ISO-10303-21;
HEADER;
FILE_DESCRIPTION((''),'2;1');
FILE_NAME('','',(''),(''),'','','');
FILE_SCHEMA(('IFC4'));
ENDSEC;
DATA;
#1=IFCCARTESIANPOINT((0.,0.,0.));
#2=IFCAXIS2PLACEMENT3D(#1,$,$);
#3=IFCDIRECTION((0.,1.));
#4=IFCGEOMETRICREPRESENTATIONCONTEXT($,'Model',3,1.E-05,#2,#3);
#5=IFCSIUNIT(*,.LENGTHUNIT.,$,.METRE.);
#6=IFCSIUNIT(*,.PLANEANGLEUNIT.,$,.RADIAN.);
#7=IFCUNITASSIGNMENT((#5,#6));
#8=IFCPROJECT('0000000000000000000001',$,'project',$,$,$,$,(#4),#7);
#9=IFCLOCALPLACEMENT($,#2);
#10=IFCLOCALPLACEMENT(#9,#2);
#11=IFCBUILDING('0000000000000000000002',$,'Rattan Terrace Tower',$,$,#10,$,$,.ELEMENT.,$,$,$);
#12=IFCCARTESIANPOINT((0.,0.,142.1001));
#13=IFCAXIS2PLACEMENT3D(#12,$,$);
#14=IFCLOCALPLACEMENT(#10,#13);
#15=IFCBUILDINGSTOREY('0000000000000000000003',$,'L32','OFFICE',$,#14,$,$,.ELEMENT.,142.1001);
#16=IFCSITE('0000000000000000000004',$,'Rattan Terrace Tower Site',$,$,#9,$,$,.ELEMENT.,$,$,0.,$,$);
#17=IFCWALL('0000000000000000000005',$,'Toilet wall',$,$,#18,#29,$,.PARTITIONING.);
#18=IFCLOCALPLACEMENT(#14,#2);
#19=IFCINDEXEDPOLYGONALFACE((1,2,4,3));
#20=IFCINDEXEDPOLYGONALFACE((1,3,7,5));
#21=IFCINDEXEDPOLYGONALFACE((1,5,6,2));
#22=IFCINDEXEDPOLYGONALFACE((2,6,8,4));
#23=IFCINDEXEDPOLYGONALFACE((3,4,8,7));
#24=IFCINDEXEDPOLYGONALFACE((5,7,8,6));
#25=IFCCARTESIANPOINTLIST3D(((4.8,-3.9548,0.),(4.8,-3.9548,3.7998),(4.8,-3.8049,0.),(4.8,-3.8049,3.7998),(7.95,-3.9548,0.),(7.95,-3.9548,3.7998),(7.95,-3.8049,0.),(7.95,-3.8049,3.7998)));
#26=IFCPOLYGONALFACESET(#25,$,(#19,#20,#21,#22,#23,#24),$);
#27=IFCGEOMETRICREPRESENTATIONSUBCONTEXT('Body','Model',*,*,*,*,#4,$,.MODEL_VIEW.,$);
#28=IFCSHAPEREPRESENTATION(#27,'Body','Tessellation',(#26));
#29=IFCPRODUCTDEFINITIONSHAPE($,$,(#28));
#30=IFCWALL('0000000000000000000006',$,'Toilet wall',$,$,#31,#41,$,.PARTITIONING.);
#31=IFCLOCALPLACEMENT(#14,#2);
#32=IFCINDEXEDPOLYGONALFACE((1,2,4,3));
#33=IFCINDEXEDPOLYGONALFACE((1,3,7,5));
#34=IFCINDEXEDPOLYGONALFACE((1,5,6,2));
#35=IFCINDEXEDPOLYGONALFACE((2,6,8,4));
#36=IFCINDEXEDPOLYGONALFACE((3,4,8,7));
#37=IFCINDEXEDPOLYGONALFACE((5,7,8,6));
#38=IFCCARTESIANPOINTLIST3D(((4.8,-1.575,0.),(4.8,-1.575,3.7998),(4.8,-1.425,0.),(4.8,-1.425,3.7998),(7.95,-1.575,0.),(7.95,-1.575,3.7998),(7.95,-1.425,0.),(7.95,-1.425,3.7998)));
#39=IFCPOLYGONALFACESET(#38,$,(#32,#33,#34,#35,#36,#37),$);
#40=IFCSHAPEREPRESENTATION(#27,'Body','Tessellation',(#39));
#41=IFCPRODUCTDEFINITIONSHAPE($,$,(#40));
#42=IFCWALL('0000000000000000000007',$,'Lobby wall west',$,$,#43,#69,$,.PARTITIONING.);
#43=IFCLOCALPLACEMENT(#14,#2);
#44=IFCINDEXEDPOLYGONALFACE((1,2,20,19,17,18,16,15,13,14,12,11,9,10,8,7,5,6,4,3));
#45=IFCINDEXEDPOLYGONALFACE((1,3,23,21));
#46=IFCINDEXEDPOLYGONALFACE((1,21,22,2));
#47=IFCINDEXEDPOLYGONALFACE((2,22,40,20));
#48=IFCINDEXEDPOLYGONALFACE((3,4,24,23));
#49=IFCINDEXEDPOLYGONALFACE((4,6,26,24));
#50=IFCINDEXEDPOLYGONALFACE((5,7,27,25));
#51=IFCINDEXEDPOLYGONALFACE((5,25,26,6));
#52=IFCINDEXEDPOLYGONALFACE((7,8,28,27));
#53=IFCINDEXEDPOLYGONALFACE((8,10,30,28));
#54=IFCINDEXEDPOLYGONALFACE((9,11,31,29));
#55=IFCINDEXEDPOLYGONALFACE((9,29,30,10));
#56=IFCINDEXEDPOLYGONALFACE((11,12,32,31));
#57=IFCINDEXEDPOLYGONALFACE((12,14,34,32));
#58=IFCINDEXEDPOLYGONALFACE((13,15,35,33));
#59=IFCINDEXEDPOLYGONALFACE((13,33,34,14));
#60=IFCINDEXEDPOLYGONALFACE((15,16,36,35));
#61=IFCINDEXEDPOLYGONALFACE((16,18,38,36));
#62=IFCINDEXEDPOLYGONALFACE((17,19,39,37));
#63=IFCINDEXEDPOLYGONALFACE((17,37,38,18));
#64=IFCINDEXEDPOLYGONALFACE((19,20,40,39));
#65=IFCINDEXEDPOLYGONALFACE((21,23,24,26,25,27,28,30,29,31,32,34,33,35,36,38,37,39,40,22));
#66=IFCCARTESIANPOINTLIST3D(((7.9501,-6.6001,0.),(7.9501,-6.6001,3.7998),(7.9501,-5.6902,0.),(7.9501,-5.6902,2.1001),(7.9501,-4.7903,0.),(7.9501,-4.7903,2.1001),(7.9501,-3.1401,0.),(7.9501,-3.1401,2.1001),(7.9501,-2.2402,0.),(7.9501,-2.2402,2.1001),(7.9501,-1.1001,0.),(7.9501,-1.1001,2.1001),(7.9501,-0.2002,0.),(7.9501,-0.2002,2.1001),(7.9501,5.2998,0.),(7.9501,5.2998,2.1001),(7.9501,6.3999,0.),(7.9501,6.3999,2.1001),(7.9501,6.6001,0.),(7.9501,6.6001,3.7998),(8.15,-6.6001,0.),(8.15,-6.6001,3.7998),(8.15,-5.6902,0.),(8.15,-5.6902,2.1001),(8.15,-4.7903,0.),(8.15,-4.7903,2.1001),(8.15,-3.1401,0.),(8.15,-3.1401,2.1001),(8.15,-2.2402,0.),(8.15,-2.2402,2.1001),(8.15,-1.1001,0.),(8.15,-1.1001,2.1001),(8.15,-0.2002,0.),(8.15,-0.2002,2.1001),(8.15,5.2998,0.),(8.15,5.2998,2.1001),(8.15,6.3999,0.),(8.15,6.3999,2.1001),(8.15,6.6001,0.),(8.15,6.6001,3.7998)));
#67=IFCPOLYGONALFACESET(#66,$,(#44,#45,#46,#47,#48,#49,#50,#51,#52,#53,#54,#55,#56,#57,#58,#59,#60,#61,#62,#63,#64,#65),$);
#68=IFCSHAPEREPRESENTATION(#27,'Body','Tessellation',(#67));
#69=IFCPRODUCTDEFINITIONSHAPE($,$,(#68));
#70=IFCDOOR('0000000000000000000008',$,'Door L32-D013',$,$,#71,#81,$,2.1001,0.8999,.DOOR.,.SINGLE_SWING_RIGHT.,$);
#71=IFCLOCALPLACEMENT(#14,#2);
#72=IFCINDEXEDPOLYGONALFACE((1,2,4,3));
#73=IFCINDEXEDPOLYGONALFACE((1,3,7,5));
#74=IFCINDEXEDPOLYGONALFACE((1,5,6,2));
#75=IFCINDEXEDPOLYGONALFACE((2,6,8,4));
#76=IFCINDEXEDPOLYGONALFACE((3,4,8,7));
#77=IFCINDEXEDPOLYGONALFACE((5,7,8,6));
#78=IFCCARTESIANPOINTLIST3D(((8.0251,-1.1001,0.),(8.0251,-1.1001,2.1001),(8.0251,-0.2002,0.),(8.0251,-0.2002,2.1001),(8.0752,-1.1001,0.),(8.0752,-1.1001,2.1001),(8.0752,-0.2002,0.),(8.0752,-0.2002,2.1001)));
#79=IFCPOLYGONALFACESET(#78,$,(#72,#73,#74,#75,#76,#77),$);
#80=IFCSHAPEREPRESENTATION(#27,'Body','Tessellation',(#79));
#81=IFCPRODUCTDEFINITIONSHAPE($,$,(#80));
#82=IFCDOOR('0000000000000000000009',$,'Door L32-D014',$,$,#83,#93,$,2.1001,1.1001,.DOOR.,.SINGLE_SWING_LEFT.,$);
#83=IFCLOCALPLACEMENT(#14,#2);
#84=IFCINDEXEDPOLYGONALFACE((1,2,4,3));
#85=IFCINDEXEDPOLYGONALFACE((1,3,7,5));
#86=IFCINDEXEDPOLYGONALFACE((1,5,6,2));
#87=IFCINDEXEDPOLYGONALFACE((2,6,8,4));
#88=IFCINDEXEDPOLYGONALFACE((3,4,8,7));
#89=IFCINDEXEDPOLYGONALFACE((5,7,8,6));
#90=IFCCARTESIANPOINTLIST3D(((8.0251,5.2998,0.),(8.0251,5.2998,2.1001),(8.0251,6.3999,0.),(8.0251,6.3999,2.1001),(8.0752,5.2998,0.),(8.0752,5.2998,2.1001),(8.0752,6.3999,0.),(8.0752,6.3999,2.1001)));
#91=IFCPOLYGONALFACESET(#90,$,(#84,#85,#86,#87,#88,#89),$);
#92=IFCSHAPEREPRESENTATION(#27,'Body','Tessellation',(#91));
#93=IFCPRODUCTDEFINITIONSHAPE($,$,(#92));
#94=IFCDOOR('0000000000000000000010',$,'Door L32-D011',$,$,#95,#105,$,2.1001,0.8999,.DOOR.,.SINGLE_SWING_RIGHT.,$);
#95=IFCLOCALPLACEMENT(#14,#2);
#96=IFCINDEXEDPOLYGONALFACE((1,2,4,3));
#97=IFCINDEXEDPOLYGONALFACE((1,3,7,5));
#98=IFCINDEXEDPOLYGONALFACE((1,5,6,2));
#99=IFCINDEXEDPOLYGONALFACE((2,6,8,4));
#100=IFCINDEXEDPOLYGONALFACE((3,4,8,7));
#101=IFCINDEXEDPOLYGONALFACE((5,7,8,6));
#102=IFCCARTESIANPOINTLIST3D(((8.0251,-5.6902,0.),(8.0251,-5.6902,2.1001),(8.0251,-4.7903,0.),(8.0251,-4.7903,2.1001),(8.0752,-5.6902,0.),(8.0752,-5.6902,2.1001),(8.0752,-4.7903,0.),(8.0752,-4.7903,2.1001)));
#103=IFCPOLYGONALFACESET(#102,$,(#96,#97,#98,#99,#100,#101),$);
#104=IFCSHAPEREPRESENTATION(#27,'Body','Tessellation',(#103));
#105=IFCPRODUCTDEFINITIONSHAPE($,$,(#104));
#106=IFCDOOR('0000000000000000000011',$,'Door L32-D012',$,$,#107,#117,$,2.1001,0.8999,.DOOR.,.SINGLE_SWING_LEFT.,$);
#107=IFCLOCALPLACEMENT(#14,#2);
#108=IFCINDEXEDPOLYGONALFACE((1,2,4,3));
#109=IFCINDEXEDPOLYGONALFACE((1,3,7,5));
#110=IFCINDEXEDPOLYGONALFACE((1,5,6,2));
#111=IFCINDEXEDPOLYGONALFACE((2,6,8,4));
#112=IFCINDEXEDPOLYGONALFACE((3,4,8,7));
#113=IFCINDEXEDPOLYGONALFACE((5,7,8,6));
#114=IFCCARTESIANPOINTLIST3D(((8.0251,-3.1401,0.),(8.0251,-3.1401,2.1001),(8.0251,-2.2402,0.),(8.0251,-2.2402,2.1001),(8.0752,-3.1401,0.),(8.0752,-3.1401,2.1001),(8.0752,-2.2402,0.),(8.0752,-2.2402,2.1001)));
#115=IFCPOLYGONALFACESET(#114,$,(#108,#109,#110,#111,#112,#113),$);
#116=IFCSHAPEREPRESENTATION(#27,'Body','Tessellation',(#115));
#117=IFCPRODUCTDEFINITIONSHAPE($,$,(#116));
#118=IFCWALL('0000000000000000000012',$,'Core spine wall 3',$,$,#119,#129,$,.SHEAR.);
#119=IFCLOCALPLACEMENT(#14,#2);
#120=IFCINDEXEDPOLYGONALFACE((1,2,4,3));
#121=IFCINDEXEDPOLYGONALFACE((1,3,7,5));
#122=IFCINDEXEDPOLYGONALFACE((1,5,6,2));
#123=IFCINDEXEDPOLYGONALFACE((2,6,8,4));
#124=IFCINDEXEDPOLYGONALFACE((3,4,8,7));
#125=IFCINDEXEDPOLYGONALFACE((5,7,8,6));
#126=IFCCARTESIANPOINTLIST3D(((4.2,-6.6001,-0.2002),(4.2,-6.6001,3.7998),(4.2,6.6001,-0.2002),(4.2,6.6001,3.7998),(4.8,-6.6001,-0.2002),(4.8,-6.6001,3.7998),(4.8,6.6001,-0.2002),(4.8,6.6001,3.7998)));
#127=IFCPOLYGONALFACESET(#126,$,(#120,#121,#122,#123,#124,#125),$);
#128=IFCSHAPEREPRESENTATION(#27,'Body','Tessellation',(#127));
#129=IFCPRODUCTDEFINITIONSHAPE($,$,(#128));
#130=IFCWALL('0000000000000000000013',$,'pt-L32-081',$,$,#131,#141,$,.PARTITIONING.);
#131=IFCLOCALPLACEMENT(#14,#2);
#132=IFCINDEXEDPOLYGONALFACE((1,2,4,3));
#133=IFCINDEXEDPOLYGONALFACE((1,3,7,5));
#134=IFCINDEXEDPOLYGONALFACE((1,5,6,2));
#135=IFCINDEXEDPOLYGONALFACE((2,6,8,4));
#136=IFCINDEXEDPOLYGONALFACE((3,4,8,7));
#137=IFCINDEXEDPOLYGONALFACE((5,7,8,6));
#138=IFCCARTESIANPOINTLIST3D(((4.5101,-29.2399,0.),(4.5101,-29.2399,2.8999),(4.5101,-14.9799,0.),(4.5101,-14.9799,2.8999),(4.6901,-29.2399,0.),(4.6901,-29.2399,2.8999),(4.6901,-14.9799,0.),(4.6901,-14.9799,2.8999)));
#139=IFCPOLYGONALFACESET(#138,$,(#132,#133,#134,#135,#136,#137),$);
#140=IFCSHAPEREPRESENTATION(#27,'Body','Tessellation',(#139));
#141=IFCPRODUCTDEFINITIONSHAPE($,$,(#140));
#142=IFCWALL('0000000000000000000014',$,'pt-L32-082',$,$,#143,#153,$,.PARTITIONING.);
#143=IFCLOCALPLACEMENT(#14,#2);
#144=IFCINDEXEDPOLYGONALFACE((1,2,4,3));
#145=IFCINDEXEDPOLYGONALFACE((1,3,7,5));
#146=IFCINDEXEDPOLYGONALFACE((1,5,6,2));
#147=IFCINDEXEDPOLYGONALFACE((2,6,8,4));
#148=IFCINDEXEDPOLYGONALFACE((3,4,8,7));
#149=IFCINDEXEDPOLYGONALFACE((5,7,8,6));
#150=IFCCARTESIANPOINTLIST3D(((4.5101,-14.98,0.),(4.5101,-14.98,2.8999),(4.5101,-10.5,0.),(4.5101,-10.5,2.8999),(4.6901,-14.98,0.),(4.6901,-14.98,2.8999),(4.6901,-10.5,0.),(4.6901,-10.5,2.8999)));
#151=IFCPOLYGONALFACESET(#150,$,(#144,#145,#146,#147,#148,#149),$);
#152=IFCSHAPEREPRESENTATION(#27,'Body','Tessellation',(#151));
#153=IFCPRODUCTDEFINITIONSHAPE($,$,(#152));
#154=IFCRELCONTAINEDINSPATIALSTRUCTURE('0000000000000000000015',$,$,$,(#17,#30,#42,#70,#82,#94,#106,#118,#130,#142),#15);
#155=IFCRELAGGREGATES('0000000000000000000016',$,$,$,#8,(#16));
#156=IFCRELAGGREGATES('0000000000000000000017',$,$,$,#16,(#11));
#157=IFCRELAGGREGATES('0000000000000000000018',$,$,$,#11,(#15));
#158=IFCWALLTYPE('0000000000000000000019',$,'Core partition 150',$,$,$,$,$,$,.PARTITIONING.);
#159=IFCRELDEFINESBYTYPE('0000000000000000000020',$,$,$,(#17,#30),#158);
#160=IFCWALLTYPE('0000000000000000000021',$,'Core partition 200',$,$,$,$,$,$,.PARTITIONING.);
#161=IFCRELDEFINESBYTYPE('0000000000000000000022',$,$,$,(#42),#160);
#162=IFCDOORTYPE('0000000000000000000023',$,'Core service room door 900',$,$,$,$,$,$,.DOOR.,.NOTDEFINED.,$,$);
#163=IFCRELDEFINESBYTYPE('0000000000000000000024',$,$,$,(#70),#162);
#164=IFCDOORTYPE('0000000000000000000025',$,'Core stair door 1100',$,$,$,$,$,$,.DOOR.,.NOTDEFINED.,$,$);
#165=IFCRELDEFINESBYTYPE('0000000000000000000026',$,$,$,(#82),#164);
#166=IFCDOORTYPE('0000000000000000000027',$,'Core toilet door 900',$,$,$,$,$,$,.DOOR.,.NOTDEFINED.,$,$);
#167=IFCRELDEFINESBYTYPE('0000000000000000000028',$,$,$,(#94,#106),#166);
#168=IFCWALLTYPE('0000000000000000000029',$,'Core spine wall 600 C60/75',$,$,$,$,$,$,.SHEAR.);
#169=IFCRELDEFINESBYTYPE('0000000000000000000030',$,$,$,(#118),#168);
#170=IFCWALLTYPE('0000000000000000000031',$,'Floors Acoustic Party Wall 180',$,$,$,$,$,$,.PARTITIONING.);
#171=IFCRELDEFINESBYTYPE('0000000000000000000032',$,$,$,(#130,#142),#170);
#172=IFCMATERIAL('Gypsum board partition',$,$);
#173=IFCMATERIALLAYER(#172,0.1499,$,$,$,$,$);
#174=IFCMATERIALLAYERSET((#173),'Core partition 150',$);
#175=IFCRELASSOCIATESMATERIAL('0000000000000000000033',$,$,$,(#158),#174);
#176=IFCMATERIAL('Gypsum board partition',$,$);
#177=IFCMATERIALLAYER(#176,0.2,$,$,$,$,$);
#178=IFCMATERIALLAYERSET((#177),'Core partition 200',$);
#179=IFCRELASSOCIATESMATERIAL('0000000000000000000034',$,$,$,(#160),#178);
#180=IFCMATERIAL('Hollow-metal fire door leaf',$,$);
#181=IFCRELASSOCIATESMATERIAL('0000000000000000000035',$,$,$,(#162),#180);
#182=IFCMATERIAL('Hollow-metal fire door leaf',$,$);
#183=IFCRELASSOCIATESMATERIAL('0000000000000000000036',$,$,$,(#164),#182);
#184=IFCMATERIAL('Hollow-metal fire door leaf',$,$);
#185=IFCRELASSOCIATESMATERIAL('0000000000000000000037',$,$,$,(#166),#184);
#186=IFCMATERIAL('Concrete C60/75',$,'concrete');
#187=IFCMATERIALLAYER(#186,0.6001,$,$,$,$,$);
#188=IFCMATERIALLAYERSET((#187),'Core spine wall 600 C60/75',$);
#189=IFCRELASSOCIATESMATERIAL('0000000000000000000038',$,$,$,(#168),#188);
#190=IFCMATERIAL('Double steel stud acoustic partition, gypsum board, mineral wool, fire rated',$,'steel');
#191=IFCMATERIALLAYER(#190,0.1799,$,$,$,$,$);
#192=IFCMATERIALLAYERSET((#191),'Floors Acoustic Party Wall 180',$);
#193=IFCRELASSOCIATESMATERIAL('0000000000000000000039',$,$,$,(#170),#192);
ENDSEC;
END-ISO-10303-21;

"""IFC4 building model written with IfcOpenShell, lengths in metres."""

from ifc_helpers import new_model, si_unit, direction, frame, frame_2d, origin, place, context, subcontext, project, spatial, rectangle, extrude, material, layer, layer_set, type_object, element, fill, save


model = new_model("IFC4")

# Units and contexts
model_context = context("Model", 3, precision=1e-05, world=origin(), true_north=direction((0.0, 1.0)))
body_context = subcontext(model_context, "Body", "Model", "MODEL_VIEW")
ifc_project = project(units=[si_unit("LENGTHUNIT", "METRE"), si_unit("PLANEANGLEUNIT", "RADIAN")], contexts=[model_context])

# Site, building, storey
site_placement = place(None, origin())
site = spatial("IfcSite", under=ifc_project, at=site_placement, Name="Rattan Terrace Tower Site", CompositionType="ELEMENT", RefElevation=0.0)
building_placement = place(site_placement, origin())
building = spatial("IfcBuilding", under=site, at=building_placement, Name="Rattan Terrace Tower", CompositionType="ELEMENT")
storey_placement = place(building_placement, frame((0.0, 0.0, 142.1001)))
storey = spatial("IfcBuildingStorey", under=building, at=storey_placement, Name="L32", Description="OFFICE", CompositionType="ELEMENT", Elevation=142.1001)

# Walls
ifc_material_1 = material(Name="Gypsum board partition")
ifc_layer_1 = layer(ifc_material_1, 0.1499)
ifc_layer_set_1 = layer_set([ifc_layer_1], Name="Core partition 150")
wall_type_1 = type_object("IfcWallType", Name="Core partition 150", PredefinedType="PARTITIONING", material=ifc_layer_set_1)
for number, where, z_axis, x_axis, name in (
    (1, (4.8, -3.8799, 0.0), (0.0, 0.0, 1.0), (1.0, 0.0, 0.0), "Toilet wall"),
    (2, (4.8, -1.5, 0.0), (0.0, 0.0, 1.0), (1.0, 0.0, 0.0), "Toilet wall"),
):
    element("IfcWall", number, at=place(storey_placement, frame(where, z_axis=z_axis, x_axis=x_axis)), inside=storey, type_object=wall_type_1, Name=name, PredefinedType="PARTITIONING", context=body_context, shape_type="SweptSolid", body=[
        extrude(rectangle(XDim=3.1499, YDim=0.1499, at=frame_2d((1.575, 0.0))), origin(), (0.0, 0.0, 1.0), 3.7998),
    ])

# Wall, openings, doors
ifc_material_2 = material(Name="Gypsum board partition")
ifc_layer_2 = layer(ifc_material_2, 0.2)
ifc_layer_set_2 = layer_set([ifc_layer_2], Name="Core partition 200")
wall_type_2 = type_object("IfcWallType", Name="Core partition 200", PredefinedType="PARTITIONING", material=ifc_layer_set_2)
wall_1_placement = place(storey_placement, frame((8.05, -6.6001, 0.0), z_axis=(0.0, 0.0, 1.0), x_axis=(0.0, 1.0, 0.0)))
wall_1 = element("IfcWall", 3, at=wall_1_placement, inside=storey, type_object=wall_type_2, Name="Lobby wall west", PredefinedType="PARTITIONING", context=body_context, shape_type="SweptSolid", body=[
    extrude(rectangle(XDim=13.2002, YDim=0.2, at=frame_2d((6.6001, 0.0))), origin(), (0.0, 0.0, 1.0), 3.7998),
])
opening_1_placement = place(wall_1_placement, frame((0.9099, 0.0, 0.0)))
opening_1 = element("IfcOpeningElement", 4, at=opening_1_placement, cuts=wall_1, PredefinedType="OPENING", context=body_context, shape_type="SweptSolid", body=[
    extrude(rectangle(XDim=0.8999, YDim=2.1001, at=frame_2d((0.45, 1.05))), frame((0.0, 0.1106, 0.0), z_axis=(0.0, -1.0, 0.0), x_axis=(1.0, 0.0, 0.0)), (0.0, 0.0, 1.0), 0.2209),
])
opening_2_placement = place(wall_1_placement, frame((3.46, 0.0, 0.0)))
opening_2 = element("IfcOpeningElement", 5, at=opening_2_placement, cuts=wall_1, PredefinedType="OPENING", context=body_context, shape_type="SweptSolid", body=[
    extrude(rectangle(XDim=0.8999, YDim=2.1001, at=frame_2d((0.45, 1.05))), frame((0.0, 0.1106, 0.0), z_axis=(0.0, -1.0, 0.0), x_axis=(1.0, 0.0, 0.0)), (0.0, 0.0, 1.0), 0.2209),
])
opening_3_placement = place(wall_1_placement, frame((5.5, 0.0, 0.0)))
opening_3 = element("IfcOpeningElement", 6, at=opening_3_placement, cuts=wall_1, PredefinedType="OPENING", context=body_context, shape_type="SweptSolid", body=[
    extrude(rectangle(XDim=0.8999, YDim=2.1001, at=frame_2d((0.45, 1.05))), frame((0.0, 0.1106, 0.0), z_axis=(0.0, -1.0, 0.0), x_axis=(1.0, 0.0, 0.0)), (0.0, 0.0, 1.0), 0.2209),
])
opening_4_placement = place(wall_1_placement, frame((11.8999, 0.0, 0.0)))
opening_4 = element("IfcOpeningElement", 7, at=opening_4_placement, cuts=wall_1, PredefinedType="OPENING", context=body_context, shape_type="SweptSolid", body=[
    extrude(rectangle(XDim=1.1001, YDim=2.1001, at=frame_2d((0.55, 1.05))), frame((0.0, 0.1106, 0.0), z_axis=(0.0, -1.0, 0.0), x_axis=(1.0, 0.0, 0.0)), (0.0, 0.0, 1.0), 0.2209),
])
ifc_material_3 = material(Name="Hollow-metal fire door leaf")
door_type_1 = type_object("IfcDoorType", Name="Core service room door 900", OperationType="NOTDEFINED", PredefinedType="DOOR", material=ifc_material_3)
door_1_placement = place(opening_3_placement, origin())
door_1 = element("IfcDoor", 8, at=door_1_placement, inside=storey, type_object=door_type_1, Name="Door L32-D013", OperationType="SINGLE_SWING_RIGHT", OverallHeight=2.1001, OverallWidth=0.8999, PredefinedType="DOOR", context=body_context, shape_type="SweptSolid", body=[
    extrude(rectangle(XDim=0.8999, YDim=2.1001, at=frame_2d((0.45, 1.05))), frame((0.0, 0.0249, 0.0), z_axis=(0.0, -1.0, 0.0), x_axis=(1.0, 0.0, 0.0)), (0.0, 0.0, 1.0), 0.05),
])
fill(opening_3, door_1)
ifc_material_4 = material(Name="Hollow-metal fire door leaf")
door_type_2 = type_object("IfcDoorType", Name="Core stair door 1100", OperationType="NOTDEFINED", PredefinedType="DOOR", material=ifc_material_4)
door_2_placement = place(opening_4_placement, origin())
door_2 = element("IfcDoor", 9, at=door_2_placement, inside=storey, type_object=door_type_2, Name="Door L32-D014", OperationType="SINGLE_SWING_LEFT", OverallHeight=2.1001, OverallWidth=1.1001, PredefinedType="DOOR", context=body_context, shape_type="SweptSolid", body=[
    extrude(rectangle(XDim=1.1001, YDim=2.1001, at=frame_2d((0.55, 1.05))), frame((0.0, 0.0249, 0.0), z_axis=(0.0, -1.0, 0.0), x_axis=(1.0, 0.0, 0.0)), (0.0, 0.0, 1.0), 0.05),
])
fill(opening_4, door_2)
ifc_material_5 = material(Name="Hollow-metal fire door leaf")
door_type_3 = type_object("IfcDoorType", Name="Core toilet door 900", OperationType="NOTDEFINED", PredefinedType="DOOR", material=ifc_material_5)
door_3_placement = place(opening_1_placement, origin())
door_3 = element("IfcDoor", 10, at=door_3_placement, inside=storey, type_object=door_type_3, Name="Door L32-D011", OperationType="SINGLE_SWING_RIGHT", OverallHeight=2.1001, OverallWidth=0.8999, PredefinedType="DOOR", context=body_context, shape_type="SweptSolid", body=[
    extrude(rectangle(XDim=0.8999, YDim=2.1001, at=frame_2d((0.45, 1.05))), frame((0.0, 0.0249, 0.0), z_axis=(0.0, -1.0, 0.0), x_axis=(1.0, 0.0, 0.0)), (0.0, 0.0, 1.0), 0.05),
])
fill(opening_1, door_3)
door_4_placement = place(opening_2_placement, origin())
door_4 = element("IfcDoor", 11, at=door_4_placement, inside=storey, type_object=door_type_3, Name="Door L32-D012", OperationType="SINGLE_SWING_LEFT", OverallHeight=2.1001, OverallWidth=0.8999, PredefinedType="DOOR", context=body_context, shape_type="SweptSolid", body=[
    extrude(rectangle(XDim=0.8999, YDim=2.1001, at=frame_2d((0.45, 1.05))), frame((0.0, 0.0249, 0.0), z_axis=(0.0, -1.0, 0.0), x_axis=(1.0, 0.0, 0.0)), (0.0, 0.0, 1.0), 0.05),
])
fill(opening_2, door_4)

# Walls
ifc_material_6 = material(Name="Concrete C60/75", Category="concrete")
ifc_layer_3 = layer(ifc_material_6, 0.6001)
ifc_layer_set_3 = layer_set([ifc_layer_3], Name="Core spine wall 600 C60/75")
wall_type_3 = type_object("IfcWallType", Name="Core spine wall 600 C60/75", PredefinedType="SHEAR", material=ifc_layer_set_3)
wall_2_placement = place(storey_placement, frame((4.5, -6.6001, -0.2002), z_axis=(0.0, 0.0, 1.0), x_axis=(0.0, 1.0, 0.0)))
element("IfcWall", 12, at=wall_2_placement, inside=storey, type_object=wall_type_3, Name="Core spine wall 3", PredefinedType="SHEAR", context=body_context, shape_type="SweptSolid", body=[
    extrude(rectangle(XDim=13.2002, YDim=0.6001, at=frame_2d((6.6001, 0.0))), origin(), (0.0, 0.0, 1.0), 4.0),
])
ifc_material_7 = material(Name="Double steel stud acoustic partition, gypsum board, mineral wool, fire rated", Category="steel")
ifc_layer_4 = layer(ifc_material_7, 0.1799)
ifc_layer_set_4 = layer_set([ifc_layer_4], Name="Floors Acoustic Party Wall 180")
wall_type_4 = type_object("IfcWallType", Name="Floors Acoustic Party Wall 180", PredefinedType="PARTITIONING", material=ifc_layer_set_4)
wall_3_placement = place(storey_placement, frame((4.6001, -14.98, 0.0), z_axis=(0.0, 0.0, 1.0), x_axis=(0.0, -1.0, 0.0)))
element("IfcWall", 13, at=wall_3_placement, inside=storey, type_object=wall_type_4, Name="pt-L32-081", PredefinedType="PARTITIONING", context=body_context, shape_type="SweptSolid", body=[
    extrude(rectangle(XDim=14.26, YDim=0.1799, at=frame_2d((7.1299, 0.0))), origin(), (0.0, 0.0, 1.0), 2.8999),
])
wall_4_placement = place(storey_placement, frame((4.6001, -10.5, 0.0), z_axis=(0.0, 0.0, 1.0), x_axis=(0.0, -1.0, 0.0)))
element("IfcWall", 14, at=wall_4_placement, inside=storey, type_object=wall_type_4, Name="pt-L32-082", PredefinedType="PARTITIONING", context=body_context, shape_type="SweptSolid", body=[
    extrude(rectangle(XDim=4.48, YDim=0.1799, at=frame_2d((2.24, 0.0))), origin(), (0.0, 0.0, 1.0), 2.8999),
])

save(model, "model.ifc")
